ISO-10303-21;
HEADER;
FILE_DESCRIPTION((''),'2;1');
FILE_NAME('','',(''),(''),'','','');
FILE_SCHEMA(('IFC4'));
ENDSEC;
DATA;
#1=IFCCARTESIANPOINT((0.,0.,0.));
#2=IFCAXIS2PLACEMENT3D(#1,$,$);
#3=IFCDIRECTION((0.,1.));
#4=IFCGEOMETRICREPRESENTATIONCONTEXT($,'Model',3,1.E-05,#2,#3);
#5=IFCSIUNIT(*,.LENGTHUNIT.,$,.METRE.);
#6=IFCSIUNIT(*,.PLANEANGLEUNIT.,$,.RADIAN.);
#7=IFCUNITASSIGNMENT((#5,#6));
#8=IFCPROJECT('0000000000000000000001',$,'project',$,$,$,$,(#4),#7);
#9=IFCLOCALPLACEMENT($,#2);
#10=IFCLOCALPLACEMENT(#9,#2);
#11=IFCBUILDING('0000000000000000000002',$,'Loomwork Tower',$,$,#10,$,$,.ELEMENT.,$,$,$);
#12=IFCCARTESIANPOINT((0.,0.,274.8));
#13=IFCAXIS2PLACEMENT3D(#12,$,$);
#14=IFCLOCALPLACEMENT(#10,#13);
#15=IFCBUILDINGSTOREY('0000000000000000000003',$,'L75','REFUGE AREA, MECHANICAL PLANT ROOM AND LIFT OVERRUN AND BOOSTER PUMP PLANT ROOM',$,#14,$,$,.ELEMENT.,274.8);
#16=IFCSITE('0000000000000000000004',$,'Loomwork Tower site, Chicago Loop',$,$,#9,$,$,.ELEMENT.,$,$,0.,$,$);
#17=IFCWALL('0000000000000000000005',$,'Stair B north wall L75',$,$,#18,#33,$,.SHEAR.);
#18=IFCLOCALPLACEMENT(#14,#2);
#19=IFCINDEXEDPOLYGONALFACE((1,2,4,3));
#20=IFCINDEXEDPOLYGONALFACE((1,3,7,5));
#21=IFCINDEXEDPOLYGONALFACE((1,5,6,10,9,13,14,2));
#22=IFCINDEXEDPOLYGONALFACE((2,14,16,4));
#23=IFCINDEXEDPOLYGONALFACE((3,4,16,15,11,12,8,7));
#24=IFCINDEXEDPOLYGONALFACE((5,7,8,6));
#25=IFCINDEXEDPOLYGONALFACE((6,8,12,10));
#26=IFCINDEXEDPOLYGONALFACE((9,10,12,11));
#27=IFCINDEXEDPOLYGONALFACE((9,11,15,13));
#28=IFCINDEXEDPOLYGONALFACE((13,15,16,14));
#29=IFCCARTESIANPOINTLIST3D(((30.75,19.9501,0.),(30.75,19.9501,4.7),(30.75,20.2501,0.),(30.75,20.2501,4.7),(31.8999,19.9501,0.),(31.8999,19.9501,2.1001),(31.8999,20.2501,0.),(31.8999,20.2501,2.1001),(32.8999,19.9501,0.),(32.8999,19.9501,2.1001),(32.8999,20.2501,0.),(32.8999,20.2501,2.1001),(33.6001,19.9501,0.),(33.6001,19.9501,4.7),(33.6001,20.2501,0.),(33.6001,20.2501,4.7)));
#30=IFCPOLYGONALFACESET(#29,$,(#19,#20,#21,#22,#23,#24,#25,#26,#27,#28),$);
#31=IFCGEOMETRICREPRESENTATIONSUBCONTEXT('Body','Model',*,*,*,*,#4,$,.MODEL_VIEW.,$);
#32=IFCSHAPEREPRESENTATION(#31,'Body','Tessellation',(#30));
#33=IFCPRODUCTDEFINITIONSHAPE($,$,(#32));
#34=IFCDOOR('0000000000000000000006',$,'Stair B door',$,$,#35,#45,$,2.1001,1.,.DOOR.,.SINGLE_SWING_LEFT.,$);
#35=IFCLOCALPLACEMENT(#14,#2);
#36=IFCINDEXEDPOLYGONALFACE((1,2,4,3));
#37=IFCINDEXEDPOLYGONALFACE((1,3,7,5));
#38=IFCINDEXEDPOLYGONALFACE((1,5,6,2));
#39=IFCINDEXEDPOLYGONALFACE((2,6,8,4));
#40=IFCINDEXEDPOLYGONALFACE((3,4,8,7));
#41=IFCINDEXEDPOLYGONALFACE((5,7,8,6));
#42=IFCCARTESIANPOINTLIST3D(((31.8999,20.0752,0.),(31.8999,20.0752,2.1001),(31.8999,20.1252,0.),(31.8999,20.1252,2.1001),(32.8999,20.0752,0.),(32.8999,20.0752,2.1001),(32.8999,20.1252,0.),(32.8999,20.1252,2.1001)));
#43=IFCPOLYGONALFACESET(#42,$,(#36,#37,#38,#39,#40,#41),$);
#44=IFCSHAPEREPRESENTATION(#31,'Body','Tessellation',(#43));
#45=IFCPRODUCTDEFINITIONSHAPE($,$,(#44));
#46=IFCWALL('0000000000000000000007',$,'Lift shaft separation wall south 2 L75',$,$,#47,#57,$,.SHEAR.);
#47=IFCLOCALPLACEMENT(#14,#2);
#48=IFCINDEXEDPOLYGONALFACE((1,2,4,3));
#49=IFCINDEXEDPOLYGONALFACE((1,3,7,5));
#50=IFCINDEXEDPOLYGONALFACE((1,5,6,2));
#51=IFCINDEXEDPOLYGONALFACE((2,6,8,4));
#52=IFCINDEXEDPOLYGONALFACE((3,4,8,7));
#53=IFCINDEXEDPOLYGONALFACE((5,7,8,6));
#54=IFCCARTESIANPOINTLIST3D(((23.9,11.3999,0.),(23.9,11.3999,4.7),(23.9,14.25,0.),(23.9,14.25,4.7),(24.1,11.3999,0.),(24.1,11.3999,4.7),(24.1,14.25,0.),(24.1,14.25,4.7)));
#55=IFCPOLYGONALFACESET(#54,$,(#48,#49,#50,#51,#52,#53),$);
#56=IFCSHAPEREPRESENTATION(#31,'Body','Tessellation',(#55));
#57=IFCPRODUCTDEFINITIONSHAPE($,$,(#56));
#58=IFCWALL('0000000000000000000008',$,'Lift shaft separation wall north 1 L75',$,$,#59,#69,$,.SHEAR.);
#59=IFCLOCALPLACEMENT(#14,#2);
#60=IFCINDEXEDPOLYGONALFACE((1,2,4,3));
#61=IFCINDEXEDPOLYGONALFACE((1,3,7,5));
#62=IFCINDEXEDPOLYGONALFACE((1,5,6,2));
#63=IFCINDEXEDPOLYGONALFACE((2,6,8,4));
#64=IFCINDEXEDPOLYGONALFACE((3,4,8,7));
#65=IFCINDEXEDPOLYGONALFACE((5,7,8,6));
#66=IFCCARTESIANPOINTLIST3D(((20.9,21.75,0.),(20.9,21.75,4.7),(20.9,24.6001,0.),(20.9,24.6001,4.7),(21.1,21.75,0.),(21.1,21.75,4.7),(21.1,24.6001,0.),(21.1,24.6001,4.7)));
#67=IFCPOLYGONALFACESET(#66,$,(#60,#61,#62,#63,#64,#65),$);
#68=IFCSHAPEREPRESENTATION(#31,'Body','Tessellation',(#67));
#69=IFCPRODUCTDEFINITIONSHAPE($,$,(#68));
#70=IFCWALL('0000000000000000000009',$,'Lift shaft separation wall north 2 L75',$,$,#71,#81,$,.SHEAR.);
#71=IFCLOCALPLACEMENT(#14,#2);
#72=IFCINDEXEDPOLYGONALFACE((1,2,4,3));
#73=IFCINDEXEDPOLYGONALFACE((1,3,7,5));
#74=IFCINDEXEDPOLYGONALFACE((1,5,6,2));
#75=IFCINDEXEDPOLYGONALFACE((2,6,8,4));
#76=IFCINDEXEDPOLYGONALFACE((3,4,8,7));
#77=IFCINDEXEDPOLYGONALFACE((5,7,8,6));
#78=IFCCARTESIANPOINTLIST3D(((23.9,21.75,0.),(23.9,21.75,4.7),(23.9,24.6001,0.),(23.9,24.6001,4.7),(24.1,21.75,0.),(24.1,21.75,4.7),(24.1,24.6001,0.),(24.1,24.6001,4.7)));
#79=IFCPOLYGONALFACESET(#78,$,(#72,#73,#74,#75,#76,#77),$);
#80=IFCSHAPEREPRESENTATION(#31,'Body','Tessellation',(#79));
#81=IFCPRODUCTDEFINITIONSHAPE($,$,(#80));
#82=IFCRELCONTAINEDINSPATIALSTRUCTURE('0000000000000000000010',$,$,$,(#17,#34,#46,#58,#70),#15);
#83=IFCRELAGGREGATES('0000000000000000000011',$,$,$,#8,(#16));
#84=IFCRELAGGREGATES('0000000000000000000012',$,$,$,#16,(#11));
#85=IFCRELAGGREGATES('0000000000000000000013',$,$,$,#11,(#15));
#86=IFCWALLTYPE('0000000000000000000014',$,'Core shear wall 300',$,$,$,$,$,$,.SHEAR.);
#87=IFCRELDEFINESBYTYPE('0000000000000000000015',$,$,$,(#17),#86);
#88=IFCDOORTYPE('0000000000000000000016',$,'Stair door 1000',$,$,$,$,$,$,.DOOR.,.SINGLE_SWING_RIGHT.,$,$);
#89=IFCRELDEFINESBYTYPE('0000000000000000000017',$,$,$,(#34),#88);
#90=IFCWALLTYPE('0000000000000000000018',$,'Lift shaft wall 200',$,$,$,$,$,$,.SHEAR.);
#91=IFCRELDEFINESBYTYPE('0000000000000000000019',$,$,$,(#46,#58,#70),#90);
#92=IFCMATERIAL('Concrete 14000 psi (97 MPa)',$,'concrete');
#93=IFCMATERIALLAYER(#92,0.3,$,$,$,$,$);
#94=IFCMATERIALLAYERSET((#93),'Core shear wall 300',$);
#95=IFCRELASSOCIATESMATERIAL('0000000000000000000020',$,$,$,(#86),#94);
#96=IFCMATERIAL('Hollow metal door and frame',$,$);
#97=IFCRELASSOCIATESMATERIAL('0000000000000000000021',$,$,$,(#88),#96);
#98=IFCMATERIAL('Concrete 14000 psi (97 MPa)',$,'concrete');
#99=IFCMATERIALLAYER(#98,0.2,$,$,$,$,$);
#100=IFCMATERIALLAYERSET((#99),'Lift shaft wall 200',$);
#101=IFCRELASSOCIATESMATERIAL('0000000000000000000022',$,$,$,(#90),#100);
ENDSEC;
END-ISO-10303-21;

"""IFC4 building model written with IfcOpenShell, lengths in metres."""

from ifc_helpers import new_model, si_unit, direction, frame, frame_2d, origin, place, context, subcontext, project, spatial, rectangle, extrude, material, layer, layer_set, type_object, element, fill, save


model = new_model("IFC4")

# Units and contexts
model_context = context("Model", 3, precision=1e-05, world=origin(), true_north=direction((0.0, 1.0)))
body_context = subcontext(model_context, "Body", "Model", "MODEL_VIEW")
ifc_project = project(units=[si_unit("LENGTHUNIT", "METRE"), si_unit("PLANEANGLEUNIT", "RADIAN")], contexts=[model_context])

# Site, building, storey
site_placement = place(None, origin())
site = spatial("IfcSite", under=ifc_project, at=site_placement, Name="Loomwork Tower site, Chicago Loop", CompositionType="ELEMENT", RefElevation=0.0)
building_placement = place(site_placement, origin())
building = spatial("IfcBuilding", under=site, at=building_placement, Name="Loomwork Tower", CompositionType="ELEMENT")
storey_placement = place(building_placement, frame((0.0, 0.0, 274.8)))
storey = spatial("IfcBuildingStorey", under=building, at=storey_placement, Name="L75", Description="REFUGE AREA, MECHANICAL PLANT ROOM AND LIFT OVERRUN AND BOOSTER PUMP PLANT ROOM", CompositionType="ELEMENT", Elevation=274.8)

# Shared definitions
ifc_material_1 = material(Name="Concrete 14000 psi (97 MPa)", Category="concrete")
ifc_layer_1 = layer(ifc_material_1, 0.3)
ifc_layer_set_1 = layer_set([ifc_layer_1], Name="Core shear wall 300")
wall_type_1 = type_object("IfcWallType", Name="Core shear wall 300", PredefinedType="SHEAR", material=ifc_layer_set_1)

# Wall, opening, door
wall_1_placement = place(storey_placement, frame((30.75, 20.1001, 0.0), z_axis=(0.0, 0.0, 1.0), x_axis=(1.0, 0.0, 0.0)))
wall_1 = element("IfcWall", 1, at=wall_1_placement, inside=storey, type_object=wall_type_1, Name="Stair B north wall L75", PredefinedType="SHEAR", context=body_context, shape_type="SweptSolid", body=[
    extrude(rectangle(XDim=2.8501, YDim=0.3, at=frame_2d((1.425, 0.0))), origin(), (0.0, 0.0, 1.0), 4.7),
])
opening_1_placement = place(wall_1_placement, frame((1.1499, 0.0, 0.0)))
opening_1 = element("IfcOpeningElement", 2, at=opening_1_placement, cuts=wall_1, PredefinedType="OPENING", context=body_context, shape_type="SweptSolid", body=[
    extrude(rectangle(XDim=1.0, YDim=2.1001, at=frame_2d((0.5, 1.05))), frame((0.0, 0.1599, 0.0), z_axis=(0.0, -1.0, 0.0), x_axis=(1.0, 0.0, 0.0)), (0.0, 0.0, 1.0), 0.3201),
])
ifc_material_2 = material(Name="Hollow metal door and frame")
door_type_1 = type_object("IfcDoorType", Name="Stair door 1000", OperationType="SINGLE_SWING_RIGHT", PredefinedType="DOOR", material=ifc_material_2)
door_1_placement = place(opening_1_placement, frame((1.0, 0.0, 0.0), z_axis=(0.0, 0.0, 1.0), x_axis=(-1.0, 0.0, 0.0)))
door_1 = element("IfcDoor", 3, at=door_1_placement, inside=storey, type_object=door_type_1, Name="Stair B door", OperationType="SINGLE_SWING_LEFT", OverallHeight=2.1001, OverallWidth=1.0, PredefinedType="DOOR", context=body_context, shape_type="SweptSolid", body=[
    extrude(rectangle(XDim=1.0, YDim=2.1001, at=frame_2d((0.5, 1.05))), frame((0.0, 0.0249, 0.0), z_axis=(0.0, -1.0, 0.0), x_axis=(1.0, 0.0, 0.0)), (0.0, 0.0, 1.0), 0.05),
])
fill(opening_1, door_1)

# Walls
ifc_material_3 = material(Name="Concrete 14000 psi (97 MPa)", Category="concrete")
ifc_layer_2 = layer(ifc_material_3, 0.2)
ifc_layer_set_2 = layer_set([ifc_layer_2], Name="Lift shaft wall 200")
wall_type_2 = type_object("IfcWallType", Name="Lift shaft wall 200", PredefinedType="SHEAR", material=ifc_layer_set_2)
for number, where, z_axis, x_axis, name in (
    (4, (24.0, 11.3999, 0.0), (0.0, 0.0, 1.0), (0.0, 1.0, 0.0), "Lift shaft separation wall south 2 L75"),
    (5, (21.0, 21.75, 0.0), (0.0, 0.0, 1.0), (0.0, 1.0, 0.0), "Lift shaft separation wall north 1 L75"),
    (6, (24.0, 21.75, 0.0), (0.0, 0.0, 1.0), (0.0, 1.0, 0.0), "Lift shaft separation wall north 2 L75"),
):
    element("IfcWall", number, at=place(storey_placement, frame(where, z_axis=z_axis, x_axis=x_axis)), inside=storey, type_object=wall_type_2, Name=name, PredefinedType="SHEAR", context=body_context, shape_type="SweptSolid", body=[
        extrude(rectangle(XDim=2.8501, YDim=0.2, at=frame_2d((1.425, 0.0))), origin(), (0.0, 0.0, 1.0), 4.7),
    ])

save(model, "model.ifc")
